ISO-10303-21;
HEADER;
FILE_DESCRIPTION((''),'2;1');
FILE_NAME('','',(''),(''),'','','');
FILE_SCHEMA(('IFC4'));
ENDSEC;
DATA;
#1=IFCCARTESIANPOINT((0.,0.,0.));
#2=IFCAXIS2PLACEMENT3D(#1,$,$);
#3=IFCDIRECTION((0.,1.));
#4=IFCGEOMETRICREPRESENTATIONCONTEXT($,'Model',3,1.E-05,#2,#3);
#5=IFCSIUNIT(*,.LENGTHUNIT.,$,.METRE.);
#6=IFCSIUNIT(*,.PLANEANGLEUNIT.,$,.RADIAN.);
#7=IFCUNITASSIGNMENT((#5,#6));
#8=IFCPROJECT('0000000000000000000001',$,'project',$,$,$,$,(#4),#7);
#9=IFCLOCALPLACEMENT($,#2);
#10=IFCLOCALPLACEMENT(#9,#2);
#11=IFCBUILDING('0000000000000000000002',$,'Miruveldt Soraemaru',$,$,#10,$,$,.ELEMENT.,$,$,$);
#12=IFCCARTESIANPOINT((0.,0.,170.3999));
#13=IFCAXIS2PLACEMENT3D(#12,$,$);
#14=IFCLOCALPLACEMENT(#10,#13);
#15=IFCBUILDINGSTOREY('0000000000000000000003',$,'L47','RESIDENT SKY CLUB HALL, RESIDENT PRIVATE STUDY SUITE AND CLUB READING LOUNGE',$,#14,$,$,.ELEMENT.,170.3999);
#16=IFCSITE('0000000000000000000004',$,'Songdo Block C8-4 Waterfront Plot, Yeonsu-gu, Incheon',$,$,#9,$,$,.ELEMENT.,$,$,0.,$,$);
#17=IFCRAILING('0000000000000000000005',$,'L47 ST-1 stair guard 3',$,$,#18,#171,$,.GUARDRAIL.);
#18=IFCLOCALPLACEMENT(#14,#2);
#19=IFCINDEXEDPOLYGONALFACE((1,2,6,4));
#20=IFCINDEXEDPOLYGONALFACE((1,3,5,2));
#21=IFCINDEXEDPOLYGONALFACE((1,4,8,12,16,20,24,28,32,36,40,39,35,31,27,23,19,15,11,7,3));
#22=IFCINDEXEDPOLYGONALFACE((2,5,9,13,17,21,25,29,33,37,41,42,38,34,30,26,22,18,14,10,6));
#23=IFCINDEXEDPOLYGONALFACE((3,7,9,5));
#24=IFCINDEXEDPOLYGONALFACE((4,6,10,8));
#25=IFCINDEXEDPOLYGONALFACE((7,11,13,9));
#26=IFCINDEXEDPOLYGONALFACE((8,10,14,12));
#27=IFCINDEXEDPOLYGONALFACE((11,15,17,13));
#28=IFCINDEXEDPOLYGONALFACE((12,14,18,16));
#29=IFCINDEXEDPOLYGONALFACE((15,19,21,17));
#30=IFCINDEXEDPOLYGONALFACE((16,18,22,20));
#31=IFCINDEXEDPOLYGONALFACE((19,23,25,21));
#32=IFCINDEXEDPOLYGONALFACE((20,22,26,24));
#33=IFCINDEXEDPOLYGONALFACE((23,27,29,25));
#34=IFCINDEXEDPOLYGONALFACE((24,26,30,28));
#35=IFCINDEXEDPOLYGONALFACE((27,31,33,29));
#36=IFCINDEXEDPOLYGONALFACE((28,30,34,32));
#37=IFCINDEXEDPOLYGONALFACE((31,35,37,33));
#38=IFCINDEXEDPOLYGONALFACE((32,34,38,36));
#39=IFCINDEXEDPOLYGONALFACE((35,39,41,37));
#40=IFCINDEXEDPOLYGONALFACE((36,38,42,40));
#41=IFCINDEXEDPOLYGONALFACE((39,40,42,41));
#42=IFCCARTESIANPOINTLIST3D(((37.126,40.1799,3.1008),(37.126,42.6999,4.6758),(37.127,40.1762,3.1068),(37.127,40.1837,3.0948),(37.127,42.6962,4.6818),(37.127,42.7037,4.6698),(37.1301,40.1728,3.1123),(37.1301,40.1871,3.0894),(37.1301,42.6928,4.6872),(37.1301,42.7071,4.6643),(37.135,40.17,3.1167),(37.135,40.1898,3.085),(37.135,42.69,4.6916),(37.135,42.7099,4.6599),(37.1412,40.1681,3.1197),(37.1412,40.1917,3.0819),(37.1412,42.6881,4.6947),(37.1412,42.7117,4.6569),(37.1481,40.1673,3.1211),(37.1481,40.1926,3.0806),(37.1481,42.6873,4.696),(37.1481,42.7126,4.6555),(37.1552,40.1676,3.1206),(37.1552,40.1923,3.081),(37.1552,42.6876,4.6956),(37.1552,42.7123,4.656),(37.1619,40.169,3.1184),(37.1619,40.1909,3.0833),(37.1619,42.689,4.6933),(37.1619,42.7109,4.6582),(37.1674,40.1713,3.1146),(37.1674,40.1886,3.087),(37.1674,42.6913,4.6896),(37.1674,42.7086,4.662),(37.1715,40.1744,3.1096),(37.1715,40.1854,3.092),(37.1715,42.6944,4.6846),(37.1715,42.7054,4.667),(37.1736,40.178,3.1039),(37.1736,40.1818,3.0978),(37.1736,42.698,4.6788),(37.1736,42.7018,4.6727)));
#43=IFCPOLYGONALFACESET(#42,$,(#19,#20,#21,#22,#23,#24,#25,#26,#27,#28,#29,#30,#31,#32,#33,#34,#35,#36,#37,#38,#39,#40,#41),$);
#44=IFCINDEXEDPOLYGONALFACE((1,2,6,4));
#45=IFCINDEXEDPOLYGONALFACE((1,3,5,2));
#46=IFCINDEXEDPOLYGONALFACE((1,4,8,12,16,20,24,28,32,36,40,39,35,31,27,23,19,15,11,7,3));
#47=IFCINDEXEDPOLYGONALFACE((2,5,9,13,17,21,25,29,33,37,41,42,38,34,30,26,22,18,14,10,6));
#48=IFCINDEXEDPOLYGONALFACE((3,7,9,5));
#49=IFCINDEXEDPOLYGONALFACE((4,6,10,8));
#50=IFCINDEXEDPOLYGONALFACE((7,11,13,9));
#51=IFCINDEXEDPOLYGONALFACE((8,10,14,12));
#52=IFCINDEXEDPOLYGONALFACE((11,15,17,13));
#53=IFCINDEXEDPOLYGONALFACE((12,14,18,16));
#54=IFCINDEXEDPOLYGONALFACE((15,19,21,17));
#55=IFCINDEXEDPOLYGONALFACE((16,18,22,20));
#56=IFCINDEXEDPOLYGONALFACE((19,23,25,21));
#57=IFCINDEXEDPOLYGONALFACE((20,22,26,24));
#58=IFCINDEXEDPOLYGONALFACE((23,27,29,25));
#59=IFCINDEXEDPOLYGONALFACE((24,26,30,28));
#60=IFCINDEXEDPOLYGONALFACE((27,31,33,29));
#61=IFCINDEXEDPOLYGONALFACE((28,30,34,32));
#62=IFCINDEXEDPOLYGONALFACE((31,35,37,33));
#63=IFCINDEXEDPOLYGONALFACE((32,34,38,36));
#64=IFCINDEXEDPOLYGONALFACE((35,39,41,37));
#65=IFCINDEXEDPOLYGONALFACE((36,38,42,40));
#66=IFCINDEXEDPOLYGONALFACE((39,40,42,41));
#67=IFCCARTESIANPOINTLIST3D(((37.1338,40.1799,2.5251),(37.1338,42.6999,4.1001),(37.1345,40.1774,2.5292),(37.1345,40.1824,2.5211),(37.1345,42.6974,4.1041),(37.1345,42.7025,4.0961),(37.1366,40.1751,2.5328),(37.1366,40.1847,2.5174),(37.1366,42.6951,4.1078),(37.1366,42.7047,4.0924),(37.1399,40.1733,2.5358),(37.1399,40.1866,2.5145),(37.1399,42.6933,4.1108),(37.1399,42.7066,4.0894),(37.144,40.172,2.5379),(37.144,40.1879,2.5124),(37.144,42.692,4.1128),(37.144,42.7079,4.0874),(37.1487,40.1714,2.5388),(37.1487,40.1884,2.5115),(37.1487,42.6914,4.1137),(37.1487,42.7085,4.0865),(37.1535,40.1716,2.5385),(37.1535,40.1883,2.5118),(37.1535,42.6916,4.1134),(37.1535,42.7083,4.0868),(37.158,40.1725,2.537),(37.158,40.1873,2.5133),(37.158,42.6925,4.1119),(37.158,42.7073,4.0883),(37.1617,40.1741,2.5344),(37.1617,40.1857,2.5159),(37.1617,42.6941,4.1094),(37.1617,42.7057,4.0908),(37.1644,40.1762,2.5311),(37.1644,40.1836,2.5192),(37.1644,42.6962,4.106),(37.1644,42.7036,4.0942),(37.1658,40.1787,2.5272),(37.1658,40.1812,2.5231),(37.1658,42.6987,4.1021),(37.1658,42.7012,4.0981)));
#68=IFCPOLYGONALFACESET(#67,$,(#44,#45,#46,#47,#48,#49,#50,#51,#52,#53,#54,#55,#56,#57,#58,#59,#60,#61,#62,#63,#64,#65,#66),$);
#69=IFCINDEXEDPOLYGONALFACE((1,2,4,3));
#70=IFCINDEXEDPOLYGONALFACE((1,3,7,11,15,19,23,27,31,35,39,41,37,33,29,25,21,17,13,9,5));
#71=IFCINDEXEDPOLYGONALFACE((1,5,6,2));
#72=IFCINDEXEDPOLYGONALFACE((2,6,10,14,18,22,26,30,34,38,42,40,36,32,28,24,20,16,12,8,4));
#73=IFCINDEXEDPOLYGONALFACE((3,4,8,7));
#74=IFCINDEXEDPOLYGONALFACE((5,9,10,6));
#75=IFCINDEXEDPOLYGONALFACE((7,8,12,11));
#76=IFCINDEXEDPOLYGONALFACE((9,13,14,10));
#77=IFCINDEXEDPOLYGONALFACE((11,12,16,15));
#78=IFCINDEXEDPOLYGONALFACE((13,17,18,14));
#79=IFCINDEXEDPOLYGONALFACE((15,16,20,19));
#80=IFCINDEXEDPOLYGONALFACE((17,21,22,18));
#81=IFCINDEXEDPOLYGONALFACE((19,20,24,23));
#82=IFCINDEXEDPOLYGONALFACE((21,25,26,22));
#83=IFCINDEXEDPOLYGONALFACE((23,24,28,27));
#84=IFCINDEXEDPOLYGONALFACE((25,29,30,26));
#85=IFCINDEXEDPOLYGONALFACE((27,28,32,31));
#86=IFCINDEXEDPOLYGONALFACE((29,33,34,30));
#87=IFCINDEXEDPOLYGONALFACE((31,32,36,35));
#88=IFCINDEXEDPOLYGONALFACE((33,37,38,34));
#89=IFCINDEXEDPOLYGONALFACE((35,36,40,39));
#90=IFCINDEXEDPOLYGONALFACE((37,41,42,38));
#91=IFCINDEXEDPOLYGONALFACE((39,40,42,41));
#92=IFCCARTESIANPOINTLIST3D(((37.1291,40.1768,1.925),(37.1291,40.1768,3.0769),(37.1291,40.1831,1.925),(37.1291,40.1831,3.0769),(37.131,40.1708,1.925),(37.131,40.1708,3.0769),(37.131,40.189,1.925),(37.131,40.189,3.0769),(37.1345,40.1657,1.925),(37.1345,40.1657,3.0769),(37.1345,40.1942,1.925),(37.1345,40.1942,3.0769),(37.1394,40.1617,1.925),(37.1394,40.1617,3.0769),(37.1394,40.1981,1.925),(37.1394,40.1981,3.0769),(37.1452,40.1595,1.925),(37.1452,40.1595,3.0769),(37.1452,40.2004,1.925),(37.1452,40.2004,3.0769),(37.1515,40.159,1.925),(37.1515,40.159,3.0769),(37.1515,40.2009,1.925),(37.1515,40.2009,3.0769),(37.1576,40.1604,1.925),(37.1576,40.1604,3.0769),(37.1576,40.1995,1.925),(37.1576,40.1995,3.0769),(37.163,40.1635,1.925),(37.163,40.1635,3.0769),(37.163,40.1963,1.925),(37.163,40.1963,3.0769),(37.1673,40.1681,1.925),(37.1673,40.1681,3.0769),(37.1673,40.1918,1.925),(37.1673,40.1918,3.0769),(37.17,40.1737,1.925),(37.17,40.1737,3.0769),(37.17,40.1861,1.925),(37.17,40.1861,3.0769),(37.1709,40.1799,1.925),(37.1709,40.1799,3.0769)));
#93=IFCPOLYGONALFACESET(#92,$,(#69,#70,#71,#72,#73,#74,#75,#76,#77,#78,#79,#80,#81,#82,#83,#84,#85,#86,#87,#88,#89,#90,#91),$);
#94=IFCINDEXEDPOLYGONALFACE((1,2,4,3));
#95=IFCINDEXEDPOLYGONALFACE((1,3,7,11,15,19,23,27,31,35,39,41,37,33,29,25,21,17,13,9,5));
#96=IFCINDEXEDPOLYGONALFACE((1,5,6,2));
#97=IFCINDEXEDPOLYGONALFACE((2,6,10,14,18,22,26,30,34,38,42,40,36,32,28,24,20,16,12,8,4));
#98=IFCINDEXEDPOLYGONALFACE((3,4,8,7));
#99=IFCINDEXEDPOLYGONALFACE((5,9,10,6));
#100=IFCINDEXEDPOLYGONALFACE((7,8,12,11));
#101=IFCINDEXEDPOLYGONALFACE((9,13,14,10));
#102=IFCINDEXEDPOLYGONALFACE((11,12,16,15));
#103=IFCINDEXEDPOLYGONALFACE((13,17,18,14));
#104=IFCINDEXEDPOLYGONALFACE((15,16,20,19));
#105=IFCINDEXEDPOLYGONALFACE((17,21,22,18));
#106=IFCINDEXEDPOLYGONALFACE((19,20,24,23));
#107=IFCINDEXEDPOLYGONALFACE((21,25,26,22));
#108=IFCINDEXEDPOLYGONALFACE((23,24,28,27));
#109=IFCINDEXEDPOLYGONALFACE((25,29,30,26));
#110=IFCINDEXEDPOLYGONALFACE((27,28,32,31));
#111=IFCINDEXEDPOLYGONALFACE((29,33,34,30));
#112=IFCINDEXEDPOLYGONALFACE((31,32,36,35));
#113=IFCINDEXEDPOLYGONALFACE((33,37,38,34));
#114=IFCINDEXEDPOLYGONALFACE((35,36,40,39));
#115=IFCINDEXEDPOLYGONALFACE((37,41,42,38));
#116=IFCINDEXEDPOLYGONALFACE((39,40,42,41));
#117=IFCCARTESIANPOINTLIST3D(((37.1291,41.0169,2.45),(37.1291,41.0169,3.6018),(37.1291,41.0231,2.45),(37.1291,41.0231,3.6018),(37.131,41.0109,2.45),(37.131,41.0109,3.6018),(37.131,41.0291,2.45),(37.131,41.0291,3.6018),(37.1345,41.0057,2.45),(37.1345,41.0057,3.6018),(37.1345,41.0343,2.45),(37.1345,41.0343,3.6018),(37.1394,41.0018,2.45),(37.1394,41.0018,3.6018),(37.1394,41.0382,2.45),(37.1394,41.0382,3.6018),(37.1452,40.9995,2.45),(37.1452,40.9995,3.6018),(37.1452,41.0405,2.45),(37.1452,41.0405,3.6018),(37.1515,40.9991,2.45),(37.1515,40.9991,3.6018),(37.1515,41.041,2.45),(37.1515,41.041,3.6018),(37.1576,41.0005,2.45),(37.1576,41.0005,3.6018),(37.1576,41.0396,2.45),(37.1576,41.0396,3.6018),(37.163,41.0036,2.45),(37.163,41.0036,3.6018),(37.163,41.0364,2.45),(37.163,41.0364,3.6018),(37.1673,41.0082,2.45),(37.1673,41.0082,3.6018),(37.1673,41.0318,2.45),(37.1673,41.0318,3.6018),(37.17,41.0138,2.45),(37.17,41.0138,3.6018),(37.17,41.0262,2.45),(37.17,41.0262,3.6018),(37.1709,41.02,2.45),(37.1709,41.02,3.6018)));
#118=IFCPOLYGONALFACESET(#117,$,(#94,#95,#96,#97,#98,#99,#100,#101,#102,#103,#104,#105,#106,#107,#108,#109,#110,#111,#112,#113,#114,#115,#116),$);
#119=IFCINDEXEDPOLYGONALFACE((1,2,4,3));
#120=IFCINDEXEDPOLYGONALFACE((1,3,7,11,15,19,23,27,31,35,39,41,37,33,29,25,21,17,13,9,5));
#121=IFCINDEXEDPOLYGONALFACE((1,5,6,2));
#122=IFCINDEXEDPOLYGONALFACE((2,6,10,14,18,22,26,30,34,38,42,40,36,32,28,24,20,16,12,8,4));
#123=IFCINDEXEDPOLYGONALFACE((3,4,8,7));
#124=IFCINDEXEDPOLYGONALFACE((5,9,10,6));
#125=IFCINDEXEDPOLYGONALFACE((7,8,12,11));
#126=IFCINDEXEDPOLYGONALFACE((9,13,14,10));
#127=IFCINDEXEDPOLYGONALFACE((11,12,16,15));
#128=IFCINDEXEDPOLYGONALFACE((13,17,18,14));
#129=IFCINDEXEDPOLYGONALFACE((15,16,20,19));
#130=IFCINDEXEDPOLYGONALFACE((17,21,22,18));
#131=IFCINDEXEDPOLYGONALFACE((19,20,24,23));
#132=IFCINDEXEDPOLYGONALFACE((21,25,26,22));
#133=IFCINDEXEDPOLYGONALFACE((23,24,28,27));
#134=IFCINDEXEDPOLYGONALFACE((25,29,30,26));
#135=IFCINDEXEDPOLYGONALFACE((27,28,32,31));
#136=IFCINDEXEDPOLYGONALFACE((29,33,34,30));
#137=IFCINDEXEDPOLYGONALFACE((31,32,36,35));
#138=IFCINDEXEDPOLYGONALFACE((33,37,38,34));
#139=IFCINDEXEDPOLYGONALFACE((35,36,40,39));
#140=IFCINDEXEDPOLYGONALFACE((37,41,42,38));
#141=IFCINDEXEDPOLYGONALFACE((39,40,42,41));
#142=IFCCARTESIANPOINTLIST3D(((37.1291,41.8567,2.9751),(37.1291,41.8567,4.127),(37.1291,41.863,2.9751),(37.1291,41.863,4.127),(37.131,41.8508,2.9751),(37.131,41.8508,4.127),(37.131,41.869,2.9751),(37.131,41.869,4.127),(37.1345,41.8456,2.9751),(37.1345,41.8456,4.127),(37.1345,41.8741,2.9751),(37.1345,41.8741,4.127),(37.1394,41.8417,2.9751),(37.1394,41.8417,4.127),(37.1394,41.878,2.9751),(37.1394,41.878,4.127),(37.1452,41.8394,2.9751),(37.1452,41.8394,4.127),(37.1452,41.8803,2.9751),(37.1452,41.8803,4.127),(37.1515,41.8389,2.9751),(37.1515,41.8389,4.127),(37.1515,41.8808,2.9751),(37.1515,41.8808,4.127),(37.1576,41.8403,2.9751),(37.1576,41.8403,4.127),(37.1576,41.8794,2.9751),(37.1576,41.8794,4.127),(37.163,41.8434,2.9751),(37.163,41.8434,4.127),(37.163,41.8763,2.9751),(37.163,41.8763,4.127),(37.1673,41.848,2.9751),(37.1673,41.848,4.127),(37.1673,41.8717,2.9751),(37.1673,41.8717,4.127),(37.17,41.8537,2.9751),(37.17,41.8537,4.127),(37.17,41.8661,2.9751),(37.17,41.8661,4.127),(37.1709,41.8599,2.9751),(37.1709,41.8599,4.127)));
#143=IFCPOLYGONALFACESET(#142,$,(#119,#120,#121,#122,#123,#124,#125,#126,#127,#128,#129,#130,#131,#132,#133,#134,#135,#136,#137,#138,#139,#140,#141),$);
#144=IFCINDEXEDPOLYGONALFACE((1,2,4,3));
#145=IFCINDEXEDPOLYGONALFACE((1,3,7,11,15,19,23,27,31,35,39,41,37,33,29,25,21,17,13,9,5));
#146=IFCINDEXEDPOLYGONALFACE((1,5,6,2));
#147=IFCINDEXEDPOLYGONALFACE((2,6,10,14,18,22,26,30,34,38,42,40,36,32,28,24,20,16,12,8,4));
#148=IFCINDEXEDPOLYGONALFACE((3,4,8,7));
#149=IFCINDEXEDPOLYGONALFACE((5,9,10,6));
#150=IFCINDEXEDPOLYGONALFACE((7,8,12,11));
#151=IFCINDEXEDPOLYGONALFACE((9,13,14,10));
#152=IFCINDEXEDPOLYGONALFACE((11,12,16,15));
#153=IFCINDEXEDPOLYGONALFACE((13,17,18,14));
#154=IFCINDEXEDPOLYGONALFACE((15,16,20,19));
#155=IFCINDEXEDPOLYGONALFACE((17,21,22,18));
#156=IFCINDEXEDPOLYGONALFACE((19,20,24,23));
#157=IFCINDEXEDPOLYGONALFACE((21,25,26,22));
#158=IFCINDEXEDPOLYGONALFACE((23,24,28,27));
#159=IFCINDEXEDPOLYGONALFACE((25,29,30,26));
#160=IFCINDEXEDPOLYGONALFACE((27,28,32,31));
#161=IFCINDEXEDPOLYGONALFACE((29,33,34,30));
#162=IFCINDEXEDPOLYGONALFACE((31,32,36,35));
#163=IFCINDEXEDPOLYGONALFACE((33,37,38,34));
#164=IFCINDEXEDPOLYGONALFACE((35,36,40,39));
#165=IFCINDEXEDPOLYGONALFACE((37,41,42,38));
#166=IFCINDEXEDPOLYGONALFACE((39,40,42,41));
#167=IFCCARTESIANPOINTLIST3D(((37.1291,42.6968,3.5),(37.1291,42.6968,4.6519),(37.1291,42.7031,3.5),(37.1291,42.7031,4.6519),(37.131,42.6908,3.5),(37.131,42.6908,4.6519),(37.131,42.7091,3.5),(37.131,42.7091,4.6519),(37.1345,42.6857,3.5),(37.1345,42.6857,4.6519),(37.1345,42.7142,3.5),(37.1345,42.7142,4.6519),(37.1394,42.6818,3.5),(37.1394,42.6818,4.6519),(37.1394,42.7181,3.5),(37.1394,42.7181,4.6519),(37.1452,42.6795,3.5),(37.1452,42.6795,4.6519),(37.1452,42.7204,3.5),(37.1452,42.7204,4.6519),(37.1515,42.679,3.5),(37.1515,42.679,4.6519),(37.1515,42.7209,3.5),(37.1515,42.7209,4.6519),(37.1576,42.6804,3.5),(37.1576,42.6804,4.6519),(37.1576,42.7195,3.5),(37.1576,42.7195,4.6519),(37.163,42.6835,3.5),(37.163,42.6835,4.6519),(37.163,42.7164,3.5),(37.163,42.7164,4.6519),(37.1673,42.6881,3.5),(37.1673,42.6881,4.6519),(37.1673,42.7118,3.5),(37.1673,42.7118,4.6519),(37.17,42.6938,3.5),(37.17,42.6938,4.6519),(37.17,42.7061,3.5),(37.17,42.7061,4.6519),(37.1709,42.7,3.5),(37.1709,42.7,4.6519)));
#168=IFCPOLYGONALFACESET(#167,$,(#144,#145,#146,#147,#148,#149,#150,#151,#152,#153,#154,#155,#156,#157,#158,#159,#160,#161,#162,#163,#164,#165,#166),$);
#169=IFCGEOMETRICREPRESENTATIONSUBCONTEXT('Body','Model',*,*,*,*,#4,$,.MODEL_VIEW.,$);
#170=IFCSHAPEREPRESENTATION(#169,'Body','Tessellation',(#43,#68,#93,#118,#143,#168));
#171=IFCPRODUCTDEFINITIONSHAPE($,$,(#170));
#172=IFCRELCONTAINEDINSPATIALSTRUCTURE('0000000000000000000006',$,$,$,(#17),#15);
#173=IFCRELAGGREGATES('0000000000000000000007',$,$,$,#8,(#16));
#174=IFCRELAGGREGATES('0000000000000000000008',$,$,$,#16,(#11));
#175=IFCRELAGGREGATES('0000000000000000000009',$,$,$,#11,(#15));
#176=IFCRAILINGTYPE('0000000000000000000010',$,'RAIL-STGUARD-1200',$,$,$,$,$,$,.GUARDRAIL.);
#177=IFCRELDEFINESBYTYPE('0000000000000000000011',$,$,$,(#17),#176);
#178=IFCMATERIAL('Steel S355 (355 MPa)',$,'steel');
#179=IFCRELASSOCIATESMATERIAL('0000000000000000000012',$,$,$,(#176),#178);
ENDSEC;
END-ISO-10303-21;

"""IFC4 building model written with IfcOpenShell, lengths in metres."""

from ifc_helpers import new_model, si_unit, direction, frame, origin, origin_2d, place, context, subcontext, project, spatial, circle, extrude, material, type_object, element, save


model = new_model("IFC4")

# Units and contexts
model_context = context("Model", 3, precision=1e-05, world=origin(), true_north=direction((0.0, 1.0)))
body_context = subcontext(model_context, "Body", "Model", "MODEL_VIEW")
ifc_project = project(units=[si_unit("LENGTHUNIT", "METRE"), si_unit("PLANEANGLEUNIT", "RADIAN")], contexts=[model_context])

# Site, building, storey
site_placement = place(None, origin())
site = spatial("IfcSite", under=ifc_project, at=site_placement, Name="Songdo Block C8-4 Waterfront Plot, Yeonsu-gu, Incheon", CompositionType="ELEMENT", RefElevation=0.0)
building_placement = place(site_placement, origin())
building = spatial("IfcBuilding", under=site, at=building_placement, Name="Miruveldt Soraemaru", CompositionType="ELEMENT")
storey_placement = place(building_placement, frame((0.0, 0.0, 170.3999)))
storey = spatial("IfcBuildingStorey", under=building, at=storey_placement, Name="L47", Description="RESIDENT SKY CLUB HALL, RESIDENT PRIVATE STUDY SUITE AND CLUB READING LOUNGE", CompositionType="ELEMENT", Elevation=170.3999)

# Railing
ifc_material_1 = material(Name="Steel S355 (355 MPa)", Category="steel")
railing_type_1 = type_object("IfcRailingType", Name="RAIL-STGUARD-1200", PredefinedType="GUARDRAIL", material=ifc_material_1)
railing_1_placement = place(storey_placement, frame((37.1499, 40.1799, 1.925)))
element("IfcRailing", 1, at=railing_1_placement, inside=storey, type_object=railing_type_1, Name="L47 ST-1 stair guard 3", PredefinedType="GUARDRAIL", context=body_context, shape_type="SweptSolid", body=[
    extrude(circle(Radius=0.0239, at=origin_2d()), frame((0.0, 0.0, 1.1758), z_axis=(0.0, 0.848008, 0.529984), x_axis=(-1.0, 0.0, 0.0)), (0.0, 0.0, 1.0), 2.9717),
    extrude(circle(Radius=0.0161, at=origin_2d()), frame((0.0, 0.0, 0.6001), z_axis=(0.0, 0.848008, 0.529984), x_axis=(-1.0, 0.0, 0.0)), (0.0, 0.0, 1.0), 2.9717),
    extrude(circle(Radius=0.021, at=origin_2d()), origin(), (0.0, 0.0, 1.0), 1.1519),
    extrude(circle(Radius=0.021, at=origin_2d()), frame((0.0, 0.8401, 0.5249)), (0.0, 0.0, 1.0), 1.1519),
    extrude(circle(Radius=0.021, at=origin_2d()), frame((0.0, 1.6799, 1.05)), (0.0, 0.0, 1.0), 1.1519),
    extrude(circle(Radius=0.021, at=origin_2d()), frame((0.0, 2.52, 1.575)), (0.0, 0.0, 1.0), 1.1519),
])

save(model, "model.ifc")
